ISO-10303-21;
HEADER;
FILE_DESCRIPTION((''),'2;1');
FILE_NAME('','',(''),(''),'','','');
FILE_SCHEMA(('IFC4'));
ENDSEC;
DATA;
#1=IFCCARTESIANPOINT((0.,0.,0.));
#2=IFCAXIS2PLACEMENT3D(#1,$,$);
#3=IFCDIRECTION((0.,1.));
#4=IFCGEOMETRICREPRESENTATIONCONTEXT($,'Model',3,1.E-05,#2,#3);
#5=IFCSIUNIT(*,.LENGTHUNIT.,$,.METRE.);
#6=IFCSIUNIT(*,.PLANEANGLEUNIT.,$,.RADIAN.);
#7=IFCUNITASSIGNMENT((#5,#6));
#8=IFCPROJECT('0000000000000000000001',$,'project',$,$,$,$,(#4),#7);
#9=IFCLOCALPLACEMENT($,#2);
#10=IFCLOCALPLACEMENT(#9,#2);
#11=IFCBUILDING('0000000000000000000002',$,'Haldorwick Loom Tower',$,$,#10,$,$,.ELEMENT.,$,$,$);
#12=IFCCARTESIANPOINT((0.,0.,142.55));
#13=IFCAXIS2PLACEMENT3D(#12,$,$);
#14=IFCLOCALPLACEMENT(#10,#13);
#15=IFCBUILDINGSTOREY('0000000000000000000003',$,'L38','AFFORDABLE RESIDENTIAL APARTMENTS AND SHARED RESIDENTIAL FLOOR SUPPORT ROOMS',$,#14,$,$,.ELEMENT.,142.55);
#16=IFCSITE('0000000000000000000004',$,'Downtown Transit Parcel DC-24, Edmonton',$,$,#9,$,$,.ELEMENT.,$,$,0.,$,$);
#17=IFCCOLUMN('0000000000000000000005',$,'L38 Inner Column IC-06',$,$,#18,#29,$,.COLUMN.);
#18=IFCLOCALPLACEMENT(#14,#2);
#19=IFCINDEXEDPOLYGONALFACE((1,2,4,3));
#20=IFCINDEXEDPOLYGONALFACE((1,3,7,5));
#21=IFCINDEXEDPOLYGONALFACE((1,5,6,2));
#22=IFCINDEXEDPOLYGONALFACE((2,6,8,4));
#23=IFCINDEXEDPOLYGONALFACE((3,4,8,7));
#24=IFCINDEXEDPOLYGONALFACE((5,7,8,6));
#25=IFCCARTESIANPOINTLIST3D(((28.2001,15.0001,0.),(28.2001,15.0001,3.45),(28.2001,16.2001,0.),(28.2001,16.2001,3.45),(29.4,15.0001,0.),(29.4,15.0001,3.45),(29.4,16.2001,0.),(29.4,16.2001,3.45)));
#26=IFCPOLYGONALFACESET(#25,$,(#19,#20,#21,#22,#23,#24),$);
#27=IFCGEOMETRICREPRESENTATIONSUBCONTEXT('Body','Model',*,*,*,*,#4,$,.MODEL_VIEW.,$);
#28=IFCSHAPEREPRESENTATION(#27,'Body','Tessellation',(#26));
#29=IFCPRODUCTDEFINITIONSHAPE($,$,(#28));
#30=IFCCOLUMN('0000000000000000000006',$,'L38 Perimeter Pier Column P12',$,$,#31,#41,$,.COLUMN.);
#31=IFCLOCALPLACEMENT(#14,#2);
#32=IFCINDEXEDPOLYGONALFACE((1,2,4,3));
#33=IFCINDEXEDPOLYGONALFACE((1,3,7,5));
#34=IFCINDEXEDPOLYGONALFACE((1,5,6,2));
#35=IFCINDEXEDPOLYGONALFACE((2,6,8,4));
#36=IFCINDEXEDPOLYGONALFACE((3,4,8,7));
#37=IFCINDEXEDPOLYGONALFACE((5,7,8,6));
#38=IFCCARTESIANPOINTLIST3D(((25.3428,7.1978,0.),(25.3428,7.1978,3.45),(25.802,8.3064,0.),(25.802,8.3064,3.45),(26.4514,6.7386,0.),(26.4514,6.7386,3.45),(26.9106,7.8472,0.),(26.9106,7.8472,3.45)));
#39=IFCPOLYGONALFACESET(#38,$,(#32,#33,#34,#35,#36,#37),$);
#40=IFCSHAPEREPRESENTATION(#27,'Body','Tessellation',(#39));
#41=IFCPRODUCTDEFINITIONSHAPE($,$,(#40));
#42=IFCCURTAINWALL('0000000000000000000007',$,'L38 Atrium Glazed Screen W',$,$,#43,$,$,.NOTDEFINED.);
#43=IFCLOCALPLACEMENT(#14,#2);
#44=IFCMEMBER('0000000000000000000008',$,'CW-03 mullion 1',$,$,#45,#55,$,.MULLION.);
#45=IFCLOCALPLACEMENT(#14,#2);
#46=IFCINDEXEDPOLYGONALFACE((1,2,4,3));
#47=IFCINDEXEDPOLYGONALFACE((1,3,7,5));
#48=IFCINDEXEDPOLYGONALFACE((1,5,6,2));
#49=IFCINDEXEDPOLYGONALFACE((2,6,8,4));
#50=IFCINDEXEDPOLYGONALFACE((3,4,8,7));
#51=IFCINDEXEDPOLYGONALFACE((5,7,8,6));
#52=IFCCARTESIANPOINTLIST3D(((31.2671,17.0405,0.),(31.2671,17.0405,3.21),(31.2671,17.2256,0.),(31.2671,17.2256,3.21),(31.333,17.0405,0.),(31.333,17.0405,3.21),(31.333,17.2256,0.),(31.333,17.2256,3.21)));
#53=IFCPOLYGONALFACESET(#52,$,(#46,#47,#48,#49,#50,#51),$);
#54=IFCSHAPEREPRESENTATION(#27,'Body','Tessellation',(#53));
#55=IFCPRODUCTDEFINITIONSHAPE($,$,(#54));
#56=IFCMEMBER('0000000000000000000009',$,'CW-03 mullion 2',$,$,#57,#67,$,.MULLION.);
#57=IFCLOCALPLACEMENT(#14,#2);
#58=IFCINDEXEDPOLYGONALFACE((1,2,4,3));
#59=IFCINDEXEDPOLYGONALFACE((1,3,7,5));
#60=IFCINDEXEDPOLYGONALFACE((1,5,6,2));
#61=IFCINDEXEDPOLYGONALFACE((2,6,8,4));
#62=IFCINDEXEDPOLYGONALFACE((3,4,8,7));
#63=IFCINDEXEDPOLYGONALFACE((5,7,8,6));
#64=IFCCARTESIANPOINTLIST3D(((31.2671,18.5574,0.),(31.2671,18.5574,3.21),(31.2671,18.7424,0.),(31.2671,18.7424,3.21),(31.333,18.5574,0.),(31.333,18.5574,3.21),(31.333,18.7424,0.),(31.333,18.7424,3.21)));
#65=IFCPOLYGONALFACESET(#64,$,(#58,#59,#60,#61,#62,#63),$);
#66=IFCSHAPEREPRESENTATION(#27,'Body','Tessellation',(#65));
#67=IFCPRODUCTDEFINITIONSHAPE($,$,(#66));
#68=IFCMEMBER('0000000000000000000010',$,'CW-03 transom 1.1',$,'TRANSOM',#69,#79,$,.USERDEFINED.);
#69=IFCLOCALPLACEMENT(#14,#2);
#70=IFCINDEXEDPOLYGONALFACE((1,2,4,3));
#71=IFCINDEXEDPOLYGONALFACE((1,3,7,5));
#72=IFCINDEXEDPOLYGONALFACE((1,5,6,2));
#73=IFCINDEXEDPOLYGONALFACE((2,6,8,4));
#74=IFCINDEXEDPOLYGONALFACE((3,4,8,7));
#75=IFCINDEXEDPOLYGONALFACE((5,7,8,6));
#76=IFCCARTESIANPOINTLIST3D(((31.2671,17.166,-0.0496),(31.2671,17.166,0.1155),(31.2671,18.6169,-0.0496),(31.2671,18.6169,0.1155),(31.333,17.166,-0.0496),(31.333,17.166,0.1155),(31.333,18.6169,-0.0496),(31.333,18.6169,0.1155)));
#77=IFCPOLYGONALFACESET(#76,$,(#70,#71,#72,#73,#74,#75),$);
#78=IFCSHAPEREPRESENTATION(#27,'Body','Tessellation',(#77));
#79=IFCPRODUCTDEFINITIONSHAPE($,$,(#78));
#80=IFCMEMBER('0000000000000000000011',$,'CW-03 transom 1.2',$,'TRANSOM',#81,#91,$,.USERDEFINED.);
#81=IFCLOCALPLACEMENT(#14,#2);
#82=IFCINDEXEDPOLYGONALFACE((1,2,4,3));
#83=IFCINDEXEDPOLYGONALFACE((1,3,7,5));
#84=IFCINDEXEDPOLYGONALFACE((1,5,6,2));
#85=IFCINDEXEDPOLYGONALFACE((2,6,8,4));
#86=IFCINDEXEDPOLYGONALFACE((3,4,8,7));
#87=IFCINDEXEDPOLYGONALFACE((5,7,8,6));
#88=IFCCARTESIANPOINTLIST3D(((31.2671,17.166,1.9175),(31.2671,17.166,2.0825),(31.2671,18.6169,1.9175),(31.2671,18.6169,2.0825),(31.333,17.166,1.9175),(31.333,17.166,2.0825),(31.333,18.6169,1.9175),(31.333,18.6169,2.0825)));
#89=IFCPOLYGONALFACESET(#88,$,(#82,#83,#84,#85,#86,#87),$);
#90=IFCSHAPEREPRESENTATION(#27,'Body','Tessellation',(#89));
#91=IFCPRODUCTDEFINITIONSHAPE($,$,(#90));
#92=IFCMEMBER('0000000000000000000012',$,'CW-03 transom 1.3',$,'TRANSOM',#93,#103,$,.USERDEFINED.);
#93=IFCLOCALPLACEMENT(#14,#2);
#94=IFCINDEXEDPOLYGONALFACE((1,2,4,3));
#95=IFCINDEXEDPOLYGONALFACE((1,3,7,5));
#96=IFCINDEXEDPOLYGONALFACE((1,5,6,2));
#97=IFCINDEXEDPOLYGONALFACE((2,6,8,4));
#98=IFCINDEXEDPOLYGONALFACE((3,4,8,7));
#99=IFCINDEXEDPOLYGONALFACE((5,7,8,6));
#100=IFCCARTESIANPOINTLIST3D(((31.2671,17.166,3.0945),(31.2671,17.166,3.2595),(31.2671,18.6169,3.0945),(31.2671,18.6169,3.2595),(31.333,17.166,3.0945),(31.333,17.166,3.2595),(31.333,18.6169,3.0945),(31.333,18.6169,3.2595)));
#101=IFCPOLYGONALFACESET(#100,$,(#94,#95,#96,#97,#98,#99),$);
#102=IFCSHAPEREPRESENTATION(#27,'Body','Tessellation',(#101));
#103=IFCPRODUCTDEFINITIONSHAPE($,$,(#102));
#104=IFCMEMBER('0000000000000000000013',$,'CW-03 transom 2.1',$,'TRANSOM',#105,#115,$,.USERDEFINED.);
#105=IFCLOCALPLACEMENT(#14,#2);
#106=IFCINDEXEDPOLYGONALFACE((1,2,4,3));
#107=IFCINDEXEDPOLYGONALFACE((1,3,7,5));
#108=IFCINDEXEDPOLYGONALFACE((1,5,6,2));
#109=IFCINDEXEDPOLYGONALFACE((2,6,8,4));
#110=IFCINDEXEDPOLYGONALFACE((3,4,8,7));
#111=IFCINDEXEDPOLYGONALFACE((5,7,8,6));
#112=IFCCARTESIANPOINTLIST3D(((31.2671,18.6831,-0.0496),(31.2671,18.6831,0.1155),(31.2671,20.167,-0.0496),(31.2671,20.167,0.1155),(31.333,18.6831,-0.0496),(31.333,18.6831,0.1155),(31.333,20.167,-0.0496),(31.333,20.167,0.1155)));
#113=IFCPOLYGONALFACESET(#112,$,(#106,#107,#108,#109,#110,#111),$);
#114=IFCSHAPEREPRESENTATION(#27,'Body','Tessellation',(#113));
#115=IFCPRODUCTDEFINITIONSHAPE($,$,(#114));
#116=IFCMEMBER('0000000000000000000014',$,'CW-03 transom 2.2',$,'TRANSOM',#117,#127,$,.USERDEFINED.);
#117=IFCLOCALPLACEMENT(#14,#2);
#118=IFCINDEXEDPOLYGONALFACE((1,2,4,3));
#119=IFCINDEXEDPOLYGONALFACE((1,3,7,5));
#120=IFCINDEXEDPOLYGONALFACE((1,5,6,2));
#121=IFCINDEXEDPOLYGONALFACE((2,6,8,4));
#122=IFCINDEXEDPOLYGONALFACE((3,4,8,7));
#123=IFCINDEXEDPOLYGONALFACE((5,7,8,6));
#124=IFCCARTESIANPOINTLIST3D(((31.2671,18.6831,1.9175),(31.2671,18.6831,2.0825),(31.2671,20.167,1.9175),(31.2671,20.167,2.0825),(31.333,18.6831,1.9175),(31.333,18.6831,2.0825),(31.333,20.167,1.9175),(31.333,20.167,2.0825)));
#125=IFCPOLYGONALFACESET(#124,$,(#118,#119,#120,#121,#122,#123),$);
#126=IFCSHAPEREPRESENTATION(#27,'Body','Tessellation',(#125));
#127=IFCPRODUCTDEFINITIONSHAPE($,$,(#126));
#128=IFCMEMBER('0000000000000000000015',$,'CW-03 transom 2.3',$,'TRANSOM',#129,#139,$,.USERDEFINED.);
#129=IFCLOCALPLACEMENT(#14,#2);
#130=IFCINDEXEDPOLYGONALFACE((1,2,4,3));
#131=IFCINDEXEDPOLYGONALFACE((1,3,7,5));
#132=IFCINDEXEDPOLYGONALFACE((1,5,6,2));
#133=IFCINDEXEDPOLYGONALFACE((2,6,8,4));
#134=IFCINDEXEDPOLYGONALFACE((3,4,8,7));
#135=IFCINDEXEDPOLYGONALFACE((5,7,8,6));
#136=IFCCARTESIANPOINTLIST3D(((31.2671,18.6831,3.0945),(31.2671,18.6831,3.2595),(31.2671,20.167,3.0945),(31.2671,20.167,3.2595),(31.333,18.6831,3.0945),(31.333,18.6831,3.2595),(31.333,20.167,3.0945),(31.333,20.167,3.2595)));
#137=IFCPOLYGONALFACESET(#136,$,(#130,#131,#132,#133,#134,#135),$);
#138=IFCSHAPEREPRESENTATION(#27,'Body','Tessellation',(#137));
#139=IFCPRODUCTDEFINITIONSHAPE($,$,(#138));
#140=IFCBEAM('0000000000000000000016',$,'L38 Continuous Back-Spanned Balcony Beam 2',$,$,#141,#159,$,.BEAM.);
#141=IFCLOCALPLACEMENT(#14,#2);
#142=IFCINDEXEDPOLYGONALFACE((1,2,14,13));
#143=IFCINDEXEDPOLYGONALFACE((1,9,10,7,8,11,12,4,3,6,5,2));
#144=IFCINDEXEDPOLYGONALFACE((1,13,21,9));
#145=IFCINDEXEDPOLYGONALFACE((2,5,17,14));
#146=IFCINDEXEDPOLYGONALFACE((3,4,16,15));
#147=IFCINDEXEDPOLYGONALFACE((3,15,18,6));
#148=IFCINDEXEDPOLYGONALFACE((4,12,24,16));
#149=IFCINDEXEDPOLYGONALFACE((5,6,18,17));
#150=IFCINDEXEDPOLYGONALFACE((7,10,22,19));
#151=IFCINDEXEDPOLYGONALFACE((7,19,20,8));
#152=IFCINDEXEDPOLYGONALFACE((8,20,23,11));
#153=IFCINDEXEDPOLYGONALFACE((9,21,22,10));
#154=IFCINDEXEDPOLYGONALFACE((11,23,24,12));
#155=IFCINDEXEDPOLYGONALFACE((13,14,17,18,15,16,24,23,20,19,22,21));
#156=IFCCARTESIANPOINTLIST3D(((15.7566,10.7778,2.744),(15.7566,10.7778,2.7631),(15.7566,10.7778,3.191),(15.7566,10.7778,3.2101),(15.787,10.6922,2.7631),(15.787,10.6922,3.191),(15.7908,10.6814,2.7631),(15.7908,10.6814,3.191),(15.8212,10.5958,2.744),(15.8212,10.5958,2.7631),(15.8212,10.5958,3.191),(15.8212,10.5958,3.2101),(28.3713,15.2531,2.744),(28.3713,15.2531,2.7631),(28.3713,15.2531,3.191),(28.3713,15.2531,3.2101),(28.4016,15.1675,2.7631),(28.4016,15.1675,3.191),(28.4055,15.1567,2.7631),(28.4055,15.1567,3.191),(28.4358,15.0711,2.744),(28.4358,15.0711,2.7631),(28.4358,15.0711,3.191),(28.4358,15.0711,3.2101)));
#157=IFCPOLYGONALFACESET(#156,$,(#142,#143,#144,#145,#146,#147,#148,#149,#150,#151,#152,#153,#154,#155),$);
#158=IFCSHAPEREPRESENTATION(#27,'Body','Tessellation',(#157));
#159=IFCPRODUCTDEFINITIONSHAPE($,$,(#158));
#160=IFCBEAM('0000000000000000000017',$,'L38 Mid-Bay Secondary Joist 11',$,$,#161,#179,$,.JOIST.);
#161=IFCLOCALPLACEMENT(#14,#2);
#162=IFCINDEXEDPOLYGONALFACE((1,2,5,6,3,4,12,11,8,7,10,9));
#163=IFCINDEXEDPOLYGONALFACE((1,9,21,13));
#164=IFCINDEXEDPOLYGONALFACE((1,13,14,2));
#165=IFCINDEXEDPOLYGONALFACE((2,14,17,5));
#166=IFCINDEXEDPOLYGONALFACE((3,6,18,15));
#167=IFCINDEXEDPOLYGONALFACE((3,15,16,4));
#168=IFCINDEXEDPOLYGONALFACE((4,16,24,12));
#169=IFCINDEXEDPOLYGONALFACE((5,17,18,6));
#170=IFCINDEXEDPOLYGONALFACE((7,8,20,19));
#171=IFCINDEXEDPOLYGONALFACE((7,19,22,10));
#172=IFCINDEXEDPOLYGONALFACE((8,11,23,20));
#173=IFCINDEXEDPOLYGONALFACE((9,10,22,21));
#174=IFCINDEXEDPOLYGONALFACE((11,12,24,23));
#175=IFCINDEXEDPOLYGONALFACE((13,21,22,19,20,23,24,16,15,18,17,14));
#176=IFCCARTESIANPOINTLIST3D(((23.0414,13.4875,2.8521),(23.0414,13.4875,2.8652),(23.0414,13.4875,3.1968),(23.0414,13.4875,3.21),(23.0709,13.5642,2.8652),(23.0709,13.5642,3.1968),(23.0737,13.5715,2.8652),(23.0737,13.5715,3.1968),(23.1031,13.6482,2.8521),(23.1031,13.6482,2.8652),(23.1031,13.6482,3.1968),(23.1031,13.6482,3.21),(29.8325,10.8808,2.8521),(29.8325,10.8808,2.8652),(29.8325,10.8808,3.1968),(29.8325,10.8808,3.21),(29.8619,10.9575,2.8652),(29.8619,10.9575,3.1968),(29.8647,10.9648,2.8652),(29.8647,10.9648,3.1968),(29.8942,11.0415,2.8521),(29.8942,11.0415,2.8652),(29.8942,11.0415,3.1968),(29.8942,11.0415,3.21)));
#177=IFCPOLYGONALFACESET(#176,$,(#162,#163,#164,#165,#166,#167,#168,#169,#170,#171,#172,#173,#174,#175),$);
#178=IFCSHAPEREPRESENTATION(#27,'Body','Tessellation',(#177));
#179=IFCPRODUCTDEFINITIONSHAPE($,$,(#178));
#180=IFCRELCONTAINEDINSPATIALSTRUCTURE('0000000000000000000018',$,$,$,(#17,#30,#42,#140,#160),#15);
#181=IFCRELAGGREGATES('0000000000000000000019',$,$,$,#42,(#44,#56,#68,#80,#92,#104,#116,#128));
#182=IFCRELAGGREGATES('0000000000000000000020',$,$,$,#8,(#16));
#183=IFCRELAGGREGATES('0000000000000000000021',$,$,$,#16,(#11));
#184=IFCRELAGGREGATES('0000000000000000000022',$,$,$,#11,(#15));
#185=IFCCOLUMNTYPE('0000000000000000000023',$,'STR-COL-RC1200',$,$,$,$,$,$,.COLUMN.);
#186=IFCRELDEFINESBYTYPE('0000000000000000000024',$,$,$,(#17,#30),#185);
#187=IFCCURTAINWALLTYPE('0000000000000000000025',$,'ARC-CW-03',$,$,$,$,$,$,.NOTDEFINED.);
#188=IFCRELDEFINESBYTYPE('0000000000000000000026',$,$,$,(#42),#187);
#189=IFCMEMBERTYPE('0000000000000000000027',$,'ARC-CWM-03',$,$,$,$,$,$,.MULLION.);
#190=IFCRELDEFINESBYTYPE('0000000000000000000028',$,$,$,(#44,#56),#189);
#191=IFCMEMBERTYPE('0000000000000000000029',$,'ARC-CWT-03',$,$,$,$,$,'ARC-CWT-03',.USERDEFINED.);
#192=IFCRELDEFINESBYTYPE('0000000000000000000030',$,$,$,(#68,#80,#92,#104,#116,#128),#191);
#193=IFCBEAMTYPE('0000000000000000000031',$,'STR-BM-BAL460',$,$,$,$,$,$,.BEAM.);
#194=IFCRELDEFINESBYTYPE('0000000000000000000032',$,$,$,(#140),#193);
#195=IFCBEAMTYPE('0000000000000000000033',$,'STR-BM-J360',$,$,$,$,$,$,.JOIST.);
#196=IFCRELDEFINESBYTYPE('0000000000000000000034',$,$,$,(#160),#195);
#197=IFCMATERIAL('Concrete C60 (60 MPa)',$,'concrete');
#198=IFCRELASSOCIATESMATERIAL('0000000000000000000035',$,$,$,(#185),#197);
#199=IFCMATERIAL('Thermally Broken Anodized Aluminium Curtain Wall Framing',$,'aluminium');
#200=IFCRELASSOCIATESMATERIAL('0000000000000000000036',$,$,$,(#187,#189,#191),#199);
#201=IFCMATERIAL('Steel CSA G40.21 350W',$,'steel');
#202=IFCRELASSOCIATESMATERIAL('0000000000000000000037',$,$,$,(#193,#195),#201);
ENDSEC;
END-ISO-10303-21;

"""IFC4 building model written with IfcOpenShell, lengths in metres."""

from ifc_helpers import new_model, si_unit, direction, frame, origin, origin_2d, place, context, subcontext, project, spatial, rectangle, i_section, extrude, material, material_profile, profile_set, type_object, element, aggregate, save


model = new_model("IFC4")

# Units and contexts
model_context = context("Model", 3, precision=1e-05, world=origin(), true_north=direction((0.0, 1.0)))
body_context = subcontext(model_context, "Body", "Model", "MODEL_VIEW")
ifc_project = project(units=[si_unit("LENGTHUNIT", "METRE"), si_unit("PLANEANGLEUNIT", "RADIAN")], contexts=[model_context])

# Site, building, storey
site_placement = place(None, origin())
site = spatial("IfcSite", under=ifc_project, at=site_placement, Name="Downtown Transit Parcel DC-24, Edmonton", CompositionType="ELEMENT", RefElevation=0.0)
building_placement = place(site_placement, origin())
building = spatial("IfcBuilding", under=site, at=building_placement, Name="Haldorwick Loom Tower", CompositionType="ELEMENT")
storey_placement = place(building_placement, frame((0.0, 0.0, 142.55)))
storey = spatial("IfcBuildingStorey", under=building, at=storey_placement, Name="L38", Description="AFFORDABLE RESIDENTIAL APARTMENTS AND SHARED RESIDENTIAL FLOOR SUPPORT ROOMS", CompositionType="ELEMENT", Elevation=142.55)

# Columns
ifc_material_1 = material(Name="Concrete C60 (60 MPa)", Category="concrete")
ifc_material_profile_1 = material_profile(ifc_material_1, rectangle(XDim=1.2, YDim=1.2, at=origin_2d()), Name="RC1200X1200", Category="concrete")
ifc_profile_set_1 = profile_set([ifc_material_profile_1], Name="Concrete C60 (60 MPa)")
column_type = type_object("IfcColumnType", Name="STR-COL-RC1200", PredefinedType="COLUMN", material=ifc_profile_set_1)
for number, where, z_axis, x_axis, name in (
    (1, (28.8, 15.6001, 0.0), (0.0, 0.0, 1.0), (1.0, 0.0, 0.0), "L38 Inner Column IC-06"),
    (2, (26.1267, 7.5225, 0.0), (0.0, 0.0, 1.0), (-0.382683, -0.92388, 0.0), "L38 Perimeter Pier Column P12"),
):
    element("IfcColumn", number, at=place(storey_placement, frame(where, z_axis=z_axis, x_axis=x_axis)), inside=storey, type_object=column_type, Name=name, PredefinedType="COLUMN", context=body_context, shape_type="SweptSolid", body=[
        extrude(rectangle(XDim=1.2, YDim=1.2, at=origin_2d()), origin(), (0.0, 0.0, 1.0), 3.45),
    ])

# Curtain wall, members
ifc_material_2 = material(Name="Thermally Broken Anodized Aluminium Curtain Wall Framing", Category="aluminium")
curtain_wall_type = type_object("IfcCurtainWallType", Name="ARC-CW-03", PredefinedType="NOTDEFINED", material=ifc_material_2)
curtain_wall_placement = place(storey_placement, origin())
curtain_wall = element("IfcCurtainWall", 3, at=curtain_wall_placement, inside=storey, type_object=curtain_wall_type, Name="L38 Atrium Glazed Screen W", PredefinedType="NOTDEFINED")
ifc_material_profile_2 = material_profile(ifc_material_2, rectangle(XDim=0.0659, YDim=0.1851, at=origin_2d()), Name="ALU_MUL_66X185", Category="aluminium")
ifc_profile_set_2 = profile_set([ifc_material_profile_2], Name="Thermally Broken Anodized Aluminium Curtain Wall Framing")
member_type_1 = type_object("IfcMemberType", Name="ARC-CWM-03", PredefinedType="MULLION", material=ifc_profile_set_2)
member_1_placement = place(storey_placement, frame((31.3, 17.1331, 0.0), z_axis=(0.0, 0.0, 1.0), x_axis=(-1.0, 0.0, 0.0)))
member_1 = element("IfcMember", 4, at=member_1_placement, type_object=member_type_1, Name="CW-03 mullion 1", PredefinedType="MULLION", context=body_context, shape_type="SweptSolid", body=[
    extrude(rectangle(XDim=0.0659, YDim=0.1851, at=origin_2d()), origin(), (0.0, 0.0, 1.0), 3.21),
])
member_2_placement = place(storey_placement, frame((31.3, 18.6499, 0.0), z_axis=(0.0, 0.0, 1.0), x_axis=(-1.0, 0.0, 0.0)))
member_2 = element("IfcMember", 5, at=member_2_placement, type_object=member_type_1, Name="CW-03 mullion 2", PredefinedType="MULLION", context=body_context, shape_type="SweptSolid", body=[
    extrude(rectangle(XDim=0.0659, YDim=0.1851, at=origin_2d()), origin(), (0.0, 0.0, 1.0), 3.21),
])
ifc_material_profile_3 = material_profile(ifc_material_2, rectangle(XDim=0.0659, YDim=0.165, at=origin_2d()), Name="ALU_TRN_66X165", Category="aluminium")
ifc_profile_set_3 = profile_set([ifc_material_profile_3], Name="Thermally Broken Anodized Aluminium Curtain Wall Framing")
member_type_2 = type_object("IfcMemberType", Name="ARC-CWT-03", ElementType="ARC-CWT-03", PredefinedType="USERDEFINED", material=ifc_profile_set_3)
member_3_placement = place(storey_placement, frame((31.3, 17.166, 0.033), z_axis=(0.0, 1.0, 0.0), x_axis=(-1.0, 0.0, 0.0)))
member_3 = element("IfcMember", 6, at=member_3_placement, type_object=member_type_2, Name="CW-03 transom 1.1", ObjectType="TRANSOM", PredefinedType="USERDEFINED", context=body_context, shape_type="SweptSolid", body=[
    extrude(rectangle(XDim=0.0659, YDim=0.165, at=origin_2d()), origin(), (0.0, 0.0, 1.0), 1.4509),
])
member_4_placement = place(storey_placement, frame((31.3, 17.166, 2.0), z_axis=(0.0, 1.0, 0.0), x_axis=(-1.0, 0.0, 0.0)))
member_4 = element("IfcMember", 7, at=member_4_placement, type_object=member_type_2, Name="CW-03 transom 1.2", ObjectType="TRANSOM", PredefinedType="USERDEFINED", context=body_context, shape_type="SweptSolid", body=[
    extrude(rectangle(XDim=0.0659, YDim=0.165, at=origin_2d()), origin(), (0.0, 0.0, 1.0), 1.4509),
])
member_5_placement = place(storey_placement, frame((31.3, 17.166, 3.177), z_axis=(0.0, 1.0, 0.0), x_axis=(-1.0, 0.0, 0.0)))
member_5 = element("IfcMember", 8, at=member_5_placement, type_object=member_type_2, Name="CW-03 transom 1.3", ObjectType="TRANSOM", PredefinedType="USERDEFINED", context=body_context, shape_type="SweptSolid", body=[
    extrude(rectangle(XDim=0.0659, YDim=0.165, at=origin_2d()), origin(), (0.0, 0.0, 1.0), 1.4509),
])
member_6_placement = place(storey_placement, frame((31.3, 18.6831, 0.033), z_axis=(0.0, 1.0, 0.0), x_axis=(-1.0, 0.0, 0.0)))
member_6 = element("IfcMember", 9, at=member_6_placement, type_object=member_type_2, Name="CW-03 transom 2.1", ObjectType="TRANSOM", PredefinedType="USERDEFINED", context=body_context, shape_type="SweptSolid", body=[
    extrude(rectangle(XDim=0.0659, YDim=0.165, at=origin_2d()), origin(), (0.0, 0.0, 1.0), 1.4839),
])
member_7_placement = place(storey_placement, frame((31.3, 18.6831, 2.0), z_axis=(0.0, 1.0, 0.0), x_axis=(-1.0, 0.0, 0.0)))
member_7 = element("IfcMember", 10, at=member_7_placement, type_object=member_type_2, Name="CW-03 transom 2.2", ObjectType="TRANSOM", PredefinedType="USERDEFINED", context=body_context, shape_type="SweptSolid", body=[
    extrude(rectangle(XDim=0.0659, YDim=0.165, at=origin_2d()), origin(), (0.0, 0.0, 1.0), 1.4839),
])
member_8_placement = place(storey_placement, frame((31.3, 18.6831, 3.177), z_axis=(0.0, 1.0, 0.0), x_axis=(-1.0, 0.0, 0.0)))
member_8 = element("IfcMember", 11, at=member_8_placement, type_object=member_type_2, Name="CW-03 transom 2.3", ObjectType="TRANSOM", PredefinedType="USERDEFINED", context=body_context, shape_type="SweptSolid", body=[
    extrude(rectangle(XDim=0.0659, YDim=0.165, at=origin_2d()), origin(), (0.0, 0.0, 1.0), 1.4839),
])

# Beams
ifc_material_3 = material(Name="Steel CSA G40.21 350W", Category="steel")
ifc_material_profile_4 = material_profile(ifc_material_3, i_section(OverallWidth=0.1931, OverallDepth=0.4661, WebThickness=0.0115, FlangeThickness=0.019, at=origin_2d()), Name="W460X97", Category="steel")
ifc_profile_set_4 = profile_set([ifc_material_profile_4], Name="Steel CSA G40.21 350W")
beam_type_1 = type_object("IfcBeamType", Name="STR-BM-BAL460", PredefinedType="BEAM", material=ifc_profile_set_4)
beam_1_placement = place(storey_placement, frame((28.4036, 15.1621, 2.9771), z_axis=(-0.942448, -0.334353, 0.0), x_axis=(0.334353, -0.942448, 0.0)))
element("IfcBeam", 12, at=beam_1_placement, inside=storey, type_object=beam_type_1, Name="L38 Continuous Back-Spanned Balcony Beam 2", PredefinedType="BEAM", context=body_context, shape_type="SweptSolid", body=[
    extrude(i_section(OverallWidth=0.1931, OverallDepth=0.4661, WebThickness=0.0115, FlangeThickness=0.019, at=origin_2d()), origin(), (0.0, 0.0, 1.0), 13.385),
])
ifc_material_profile_5 = material_profile(ifc_material_3, i_section(OverallWidth=0.1721, OverallDepth=0.3579, WebThickness=0.0078, FlangeThickness=0.0132, at=origin_2d()), Name="W360X57", Category="steel")
ifc_profile_set_5 = profile_set([ifc_material_profile_5], Name="Steel CSA G40.21 350W")
beam_type_2 = type_object("IfcBeamType", Name="STR-BM-J360", PredefinedType="JOIST", material=ifc_profile_set_5)
beam_2_placement = place(storey_placement, frame((23.0723, 13.5679, 3.031), z_axis=(0.933587, -0.358352, 0.0), x_axis=(0.358352, 0.933587, 0.0)))
element("IfcBeam", 13, at=beam_2_placement, inside=storey, type_object=beam_type_2, Name="L38 Mid-Bay Secondary Joist 11", PredefinedType="JOIST", context=body_context, shape_type="SweptSolid", body=[
    extrude(i_section(OverallWidth=0.1721, OverallDepth=0.3579, WebThickness=0.0078, FlangeThickness=0.0132, at=origin_2d()), origin(), (0.0, 0.0, 1.0), 7.2742),
])

aggregate(curtain_wall, [member_1, member_2, member_3, member_4, member_5, member_6, member_7, member_8])

save(model, "model.ifc")
